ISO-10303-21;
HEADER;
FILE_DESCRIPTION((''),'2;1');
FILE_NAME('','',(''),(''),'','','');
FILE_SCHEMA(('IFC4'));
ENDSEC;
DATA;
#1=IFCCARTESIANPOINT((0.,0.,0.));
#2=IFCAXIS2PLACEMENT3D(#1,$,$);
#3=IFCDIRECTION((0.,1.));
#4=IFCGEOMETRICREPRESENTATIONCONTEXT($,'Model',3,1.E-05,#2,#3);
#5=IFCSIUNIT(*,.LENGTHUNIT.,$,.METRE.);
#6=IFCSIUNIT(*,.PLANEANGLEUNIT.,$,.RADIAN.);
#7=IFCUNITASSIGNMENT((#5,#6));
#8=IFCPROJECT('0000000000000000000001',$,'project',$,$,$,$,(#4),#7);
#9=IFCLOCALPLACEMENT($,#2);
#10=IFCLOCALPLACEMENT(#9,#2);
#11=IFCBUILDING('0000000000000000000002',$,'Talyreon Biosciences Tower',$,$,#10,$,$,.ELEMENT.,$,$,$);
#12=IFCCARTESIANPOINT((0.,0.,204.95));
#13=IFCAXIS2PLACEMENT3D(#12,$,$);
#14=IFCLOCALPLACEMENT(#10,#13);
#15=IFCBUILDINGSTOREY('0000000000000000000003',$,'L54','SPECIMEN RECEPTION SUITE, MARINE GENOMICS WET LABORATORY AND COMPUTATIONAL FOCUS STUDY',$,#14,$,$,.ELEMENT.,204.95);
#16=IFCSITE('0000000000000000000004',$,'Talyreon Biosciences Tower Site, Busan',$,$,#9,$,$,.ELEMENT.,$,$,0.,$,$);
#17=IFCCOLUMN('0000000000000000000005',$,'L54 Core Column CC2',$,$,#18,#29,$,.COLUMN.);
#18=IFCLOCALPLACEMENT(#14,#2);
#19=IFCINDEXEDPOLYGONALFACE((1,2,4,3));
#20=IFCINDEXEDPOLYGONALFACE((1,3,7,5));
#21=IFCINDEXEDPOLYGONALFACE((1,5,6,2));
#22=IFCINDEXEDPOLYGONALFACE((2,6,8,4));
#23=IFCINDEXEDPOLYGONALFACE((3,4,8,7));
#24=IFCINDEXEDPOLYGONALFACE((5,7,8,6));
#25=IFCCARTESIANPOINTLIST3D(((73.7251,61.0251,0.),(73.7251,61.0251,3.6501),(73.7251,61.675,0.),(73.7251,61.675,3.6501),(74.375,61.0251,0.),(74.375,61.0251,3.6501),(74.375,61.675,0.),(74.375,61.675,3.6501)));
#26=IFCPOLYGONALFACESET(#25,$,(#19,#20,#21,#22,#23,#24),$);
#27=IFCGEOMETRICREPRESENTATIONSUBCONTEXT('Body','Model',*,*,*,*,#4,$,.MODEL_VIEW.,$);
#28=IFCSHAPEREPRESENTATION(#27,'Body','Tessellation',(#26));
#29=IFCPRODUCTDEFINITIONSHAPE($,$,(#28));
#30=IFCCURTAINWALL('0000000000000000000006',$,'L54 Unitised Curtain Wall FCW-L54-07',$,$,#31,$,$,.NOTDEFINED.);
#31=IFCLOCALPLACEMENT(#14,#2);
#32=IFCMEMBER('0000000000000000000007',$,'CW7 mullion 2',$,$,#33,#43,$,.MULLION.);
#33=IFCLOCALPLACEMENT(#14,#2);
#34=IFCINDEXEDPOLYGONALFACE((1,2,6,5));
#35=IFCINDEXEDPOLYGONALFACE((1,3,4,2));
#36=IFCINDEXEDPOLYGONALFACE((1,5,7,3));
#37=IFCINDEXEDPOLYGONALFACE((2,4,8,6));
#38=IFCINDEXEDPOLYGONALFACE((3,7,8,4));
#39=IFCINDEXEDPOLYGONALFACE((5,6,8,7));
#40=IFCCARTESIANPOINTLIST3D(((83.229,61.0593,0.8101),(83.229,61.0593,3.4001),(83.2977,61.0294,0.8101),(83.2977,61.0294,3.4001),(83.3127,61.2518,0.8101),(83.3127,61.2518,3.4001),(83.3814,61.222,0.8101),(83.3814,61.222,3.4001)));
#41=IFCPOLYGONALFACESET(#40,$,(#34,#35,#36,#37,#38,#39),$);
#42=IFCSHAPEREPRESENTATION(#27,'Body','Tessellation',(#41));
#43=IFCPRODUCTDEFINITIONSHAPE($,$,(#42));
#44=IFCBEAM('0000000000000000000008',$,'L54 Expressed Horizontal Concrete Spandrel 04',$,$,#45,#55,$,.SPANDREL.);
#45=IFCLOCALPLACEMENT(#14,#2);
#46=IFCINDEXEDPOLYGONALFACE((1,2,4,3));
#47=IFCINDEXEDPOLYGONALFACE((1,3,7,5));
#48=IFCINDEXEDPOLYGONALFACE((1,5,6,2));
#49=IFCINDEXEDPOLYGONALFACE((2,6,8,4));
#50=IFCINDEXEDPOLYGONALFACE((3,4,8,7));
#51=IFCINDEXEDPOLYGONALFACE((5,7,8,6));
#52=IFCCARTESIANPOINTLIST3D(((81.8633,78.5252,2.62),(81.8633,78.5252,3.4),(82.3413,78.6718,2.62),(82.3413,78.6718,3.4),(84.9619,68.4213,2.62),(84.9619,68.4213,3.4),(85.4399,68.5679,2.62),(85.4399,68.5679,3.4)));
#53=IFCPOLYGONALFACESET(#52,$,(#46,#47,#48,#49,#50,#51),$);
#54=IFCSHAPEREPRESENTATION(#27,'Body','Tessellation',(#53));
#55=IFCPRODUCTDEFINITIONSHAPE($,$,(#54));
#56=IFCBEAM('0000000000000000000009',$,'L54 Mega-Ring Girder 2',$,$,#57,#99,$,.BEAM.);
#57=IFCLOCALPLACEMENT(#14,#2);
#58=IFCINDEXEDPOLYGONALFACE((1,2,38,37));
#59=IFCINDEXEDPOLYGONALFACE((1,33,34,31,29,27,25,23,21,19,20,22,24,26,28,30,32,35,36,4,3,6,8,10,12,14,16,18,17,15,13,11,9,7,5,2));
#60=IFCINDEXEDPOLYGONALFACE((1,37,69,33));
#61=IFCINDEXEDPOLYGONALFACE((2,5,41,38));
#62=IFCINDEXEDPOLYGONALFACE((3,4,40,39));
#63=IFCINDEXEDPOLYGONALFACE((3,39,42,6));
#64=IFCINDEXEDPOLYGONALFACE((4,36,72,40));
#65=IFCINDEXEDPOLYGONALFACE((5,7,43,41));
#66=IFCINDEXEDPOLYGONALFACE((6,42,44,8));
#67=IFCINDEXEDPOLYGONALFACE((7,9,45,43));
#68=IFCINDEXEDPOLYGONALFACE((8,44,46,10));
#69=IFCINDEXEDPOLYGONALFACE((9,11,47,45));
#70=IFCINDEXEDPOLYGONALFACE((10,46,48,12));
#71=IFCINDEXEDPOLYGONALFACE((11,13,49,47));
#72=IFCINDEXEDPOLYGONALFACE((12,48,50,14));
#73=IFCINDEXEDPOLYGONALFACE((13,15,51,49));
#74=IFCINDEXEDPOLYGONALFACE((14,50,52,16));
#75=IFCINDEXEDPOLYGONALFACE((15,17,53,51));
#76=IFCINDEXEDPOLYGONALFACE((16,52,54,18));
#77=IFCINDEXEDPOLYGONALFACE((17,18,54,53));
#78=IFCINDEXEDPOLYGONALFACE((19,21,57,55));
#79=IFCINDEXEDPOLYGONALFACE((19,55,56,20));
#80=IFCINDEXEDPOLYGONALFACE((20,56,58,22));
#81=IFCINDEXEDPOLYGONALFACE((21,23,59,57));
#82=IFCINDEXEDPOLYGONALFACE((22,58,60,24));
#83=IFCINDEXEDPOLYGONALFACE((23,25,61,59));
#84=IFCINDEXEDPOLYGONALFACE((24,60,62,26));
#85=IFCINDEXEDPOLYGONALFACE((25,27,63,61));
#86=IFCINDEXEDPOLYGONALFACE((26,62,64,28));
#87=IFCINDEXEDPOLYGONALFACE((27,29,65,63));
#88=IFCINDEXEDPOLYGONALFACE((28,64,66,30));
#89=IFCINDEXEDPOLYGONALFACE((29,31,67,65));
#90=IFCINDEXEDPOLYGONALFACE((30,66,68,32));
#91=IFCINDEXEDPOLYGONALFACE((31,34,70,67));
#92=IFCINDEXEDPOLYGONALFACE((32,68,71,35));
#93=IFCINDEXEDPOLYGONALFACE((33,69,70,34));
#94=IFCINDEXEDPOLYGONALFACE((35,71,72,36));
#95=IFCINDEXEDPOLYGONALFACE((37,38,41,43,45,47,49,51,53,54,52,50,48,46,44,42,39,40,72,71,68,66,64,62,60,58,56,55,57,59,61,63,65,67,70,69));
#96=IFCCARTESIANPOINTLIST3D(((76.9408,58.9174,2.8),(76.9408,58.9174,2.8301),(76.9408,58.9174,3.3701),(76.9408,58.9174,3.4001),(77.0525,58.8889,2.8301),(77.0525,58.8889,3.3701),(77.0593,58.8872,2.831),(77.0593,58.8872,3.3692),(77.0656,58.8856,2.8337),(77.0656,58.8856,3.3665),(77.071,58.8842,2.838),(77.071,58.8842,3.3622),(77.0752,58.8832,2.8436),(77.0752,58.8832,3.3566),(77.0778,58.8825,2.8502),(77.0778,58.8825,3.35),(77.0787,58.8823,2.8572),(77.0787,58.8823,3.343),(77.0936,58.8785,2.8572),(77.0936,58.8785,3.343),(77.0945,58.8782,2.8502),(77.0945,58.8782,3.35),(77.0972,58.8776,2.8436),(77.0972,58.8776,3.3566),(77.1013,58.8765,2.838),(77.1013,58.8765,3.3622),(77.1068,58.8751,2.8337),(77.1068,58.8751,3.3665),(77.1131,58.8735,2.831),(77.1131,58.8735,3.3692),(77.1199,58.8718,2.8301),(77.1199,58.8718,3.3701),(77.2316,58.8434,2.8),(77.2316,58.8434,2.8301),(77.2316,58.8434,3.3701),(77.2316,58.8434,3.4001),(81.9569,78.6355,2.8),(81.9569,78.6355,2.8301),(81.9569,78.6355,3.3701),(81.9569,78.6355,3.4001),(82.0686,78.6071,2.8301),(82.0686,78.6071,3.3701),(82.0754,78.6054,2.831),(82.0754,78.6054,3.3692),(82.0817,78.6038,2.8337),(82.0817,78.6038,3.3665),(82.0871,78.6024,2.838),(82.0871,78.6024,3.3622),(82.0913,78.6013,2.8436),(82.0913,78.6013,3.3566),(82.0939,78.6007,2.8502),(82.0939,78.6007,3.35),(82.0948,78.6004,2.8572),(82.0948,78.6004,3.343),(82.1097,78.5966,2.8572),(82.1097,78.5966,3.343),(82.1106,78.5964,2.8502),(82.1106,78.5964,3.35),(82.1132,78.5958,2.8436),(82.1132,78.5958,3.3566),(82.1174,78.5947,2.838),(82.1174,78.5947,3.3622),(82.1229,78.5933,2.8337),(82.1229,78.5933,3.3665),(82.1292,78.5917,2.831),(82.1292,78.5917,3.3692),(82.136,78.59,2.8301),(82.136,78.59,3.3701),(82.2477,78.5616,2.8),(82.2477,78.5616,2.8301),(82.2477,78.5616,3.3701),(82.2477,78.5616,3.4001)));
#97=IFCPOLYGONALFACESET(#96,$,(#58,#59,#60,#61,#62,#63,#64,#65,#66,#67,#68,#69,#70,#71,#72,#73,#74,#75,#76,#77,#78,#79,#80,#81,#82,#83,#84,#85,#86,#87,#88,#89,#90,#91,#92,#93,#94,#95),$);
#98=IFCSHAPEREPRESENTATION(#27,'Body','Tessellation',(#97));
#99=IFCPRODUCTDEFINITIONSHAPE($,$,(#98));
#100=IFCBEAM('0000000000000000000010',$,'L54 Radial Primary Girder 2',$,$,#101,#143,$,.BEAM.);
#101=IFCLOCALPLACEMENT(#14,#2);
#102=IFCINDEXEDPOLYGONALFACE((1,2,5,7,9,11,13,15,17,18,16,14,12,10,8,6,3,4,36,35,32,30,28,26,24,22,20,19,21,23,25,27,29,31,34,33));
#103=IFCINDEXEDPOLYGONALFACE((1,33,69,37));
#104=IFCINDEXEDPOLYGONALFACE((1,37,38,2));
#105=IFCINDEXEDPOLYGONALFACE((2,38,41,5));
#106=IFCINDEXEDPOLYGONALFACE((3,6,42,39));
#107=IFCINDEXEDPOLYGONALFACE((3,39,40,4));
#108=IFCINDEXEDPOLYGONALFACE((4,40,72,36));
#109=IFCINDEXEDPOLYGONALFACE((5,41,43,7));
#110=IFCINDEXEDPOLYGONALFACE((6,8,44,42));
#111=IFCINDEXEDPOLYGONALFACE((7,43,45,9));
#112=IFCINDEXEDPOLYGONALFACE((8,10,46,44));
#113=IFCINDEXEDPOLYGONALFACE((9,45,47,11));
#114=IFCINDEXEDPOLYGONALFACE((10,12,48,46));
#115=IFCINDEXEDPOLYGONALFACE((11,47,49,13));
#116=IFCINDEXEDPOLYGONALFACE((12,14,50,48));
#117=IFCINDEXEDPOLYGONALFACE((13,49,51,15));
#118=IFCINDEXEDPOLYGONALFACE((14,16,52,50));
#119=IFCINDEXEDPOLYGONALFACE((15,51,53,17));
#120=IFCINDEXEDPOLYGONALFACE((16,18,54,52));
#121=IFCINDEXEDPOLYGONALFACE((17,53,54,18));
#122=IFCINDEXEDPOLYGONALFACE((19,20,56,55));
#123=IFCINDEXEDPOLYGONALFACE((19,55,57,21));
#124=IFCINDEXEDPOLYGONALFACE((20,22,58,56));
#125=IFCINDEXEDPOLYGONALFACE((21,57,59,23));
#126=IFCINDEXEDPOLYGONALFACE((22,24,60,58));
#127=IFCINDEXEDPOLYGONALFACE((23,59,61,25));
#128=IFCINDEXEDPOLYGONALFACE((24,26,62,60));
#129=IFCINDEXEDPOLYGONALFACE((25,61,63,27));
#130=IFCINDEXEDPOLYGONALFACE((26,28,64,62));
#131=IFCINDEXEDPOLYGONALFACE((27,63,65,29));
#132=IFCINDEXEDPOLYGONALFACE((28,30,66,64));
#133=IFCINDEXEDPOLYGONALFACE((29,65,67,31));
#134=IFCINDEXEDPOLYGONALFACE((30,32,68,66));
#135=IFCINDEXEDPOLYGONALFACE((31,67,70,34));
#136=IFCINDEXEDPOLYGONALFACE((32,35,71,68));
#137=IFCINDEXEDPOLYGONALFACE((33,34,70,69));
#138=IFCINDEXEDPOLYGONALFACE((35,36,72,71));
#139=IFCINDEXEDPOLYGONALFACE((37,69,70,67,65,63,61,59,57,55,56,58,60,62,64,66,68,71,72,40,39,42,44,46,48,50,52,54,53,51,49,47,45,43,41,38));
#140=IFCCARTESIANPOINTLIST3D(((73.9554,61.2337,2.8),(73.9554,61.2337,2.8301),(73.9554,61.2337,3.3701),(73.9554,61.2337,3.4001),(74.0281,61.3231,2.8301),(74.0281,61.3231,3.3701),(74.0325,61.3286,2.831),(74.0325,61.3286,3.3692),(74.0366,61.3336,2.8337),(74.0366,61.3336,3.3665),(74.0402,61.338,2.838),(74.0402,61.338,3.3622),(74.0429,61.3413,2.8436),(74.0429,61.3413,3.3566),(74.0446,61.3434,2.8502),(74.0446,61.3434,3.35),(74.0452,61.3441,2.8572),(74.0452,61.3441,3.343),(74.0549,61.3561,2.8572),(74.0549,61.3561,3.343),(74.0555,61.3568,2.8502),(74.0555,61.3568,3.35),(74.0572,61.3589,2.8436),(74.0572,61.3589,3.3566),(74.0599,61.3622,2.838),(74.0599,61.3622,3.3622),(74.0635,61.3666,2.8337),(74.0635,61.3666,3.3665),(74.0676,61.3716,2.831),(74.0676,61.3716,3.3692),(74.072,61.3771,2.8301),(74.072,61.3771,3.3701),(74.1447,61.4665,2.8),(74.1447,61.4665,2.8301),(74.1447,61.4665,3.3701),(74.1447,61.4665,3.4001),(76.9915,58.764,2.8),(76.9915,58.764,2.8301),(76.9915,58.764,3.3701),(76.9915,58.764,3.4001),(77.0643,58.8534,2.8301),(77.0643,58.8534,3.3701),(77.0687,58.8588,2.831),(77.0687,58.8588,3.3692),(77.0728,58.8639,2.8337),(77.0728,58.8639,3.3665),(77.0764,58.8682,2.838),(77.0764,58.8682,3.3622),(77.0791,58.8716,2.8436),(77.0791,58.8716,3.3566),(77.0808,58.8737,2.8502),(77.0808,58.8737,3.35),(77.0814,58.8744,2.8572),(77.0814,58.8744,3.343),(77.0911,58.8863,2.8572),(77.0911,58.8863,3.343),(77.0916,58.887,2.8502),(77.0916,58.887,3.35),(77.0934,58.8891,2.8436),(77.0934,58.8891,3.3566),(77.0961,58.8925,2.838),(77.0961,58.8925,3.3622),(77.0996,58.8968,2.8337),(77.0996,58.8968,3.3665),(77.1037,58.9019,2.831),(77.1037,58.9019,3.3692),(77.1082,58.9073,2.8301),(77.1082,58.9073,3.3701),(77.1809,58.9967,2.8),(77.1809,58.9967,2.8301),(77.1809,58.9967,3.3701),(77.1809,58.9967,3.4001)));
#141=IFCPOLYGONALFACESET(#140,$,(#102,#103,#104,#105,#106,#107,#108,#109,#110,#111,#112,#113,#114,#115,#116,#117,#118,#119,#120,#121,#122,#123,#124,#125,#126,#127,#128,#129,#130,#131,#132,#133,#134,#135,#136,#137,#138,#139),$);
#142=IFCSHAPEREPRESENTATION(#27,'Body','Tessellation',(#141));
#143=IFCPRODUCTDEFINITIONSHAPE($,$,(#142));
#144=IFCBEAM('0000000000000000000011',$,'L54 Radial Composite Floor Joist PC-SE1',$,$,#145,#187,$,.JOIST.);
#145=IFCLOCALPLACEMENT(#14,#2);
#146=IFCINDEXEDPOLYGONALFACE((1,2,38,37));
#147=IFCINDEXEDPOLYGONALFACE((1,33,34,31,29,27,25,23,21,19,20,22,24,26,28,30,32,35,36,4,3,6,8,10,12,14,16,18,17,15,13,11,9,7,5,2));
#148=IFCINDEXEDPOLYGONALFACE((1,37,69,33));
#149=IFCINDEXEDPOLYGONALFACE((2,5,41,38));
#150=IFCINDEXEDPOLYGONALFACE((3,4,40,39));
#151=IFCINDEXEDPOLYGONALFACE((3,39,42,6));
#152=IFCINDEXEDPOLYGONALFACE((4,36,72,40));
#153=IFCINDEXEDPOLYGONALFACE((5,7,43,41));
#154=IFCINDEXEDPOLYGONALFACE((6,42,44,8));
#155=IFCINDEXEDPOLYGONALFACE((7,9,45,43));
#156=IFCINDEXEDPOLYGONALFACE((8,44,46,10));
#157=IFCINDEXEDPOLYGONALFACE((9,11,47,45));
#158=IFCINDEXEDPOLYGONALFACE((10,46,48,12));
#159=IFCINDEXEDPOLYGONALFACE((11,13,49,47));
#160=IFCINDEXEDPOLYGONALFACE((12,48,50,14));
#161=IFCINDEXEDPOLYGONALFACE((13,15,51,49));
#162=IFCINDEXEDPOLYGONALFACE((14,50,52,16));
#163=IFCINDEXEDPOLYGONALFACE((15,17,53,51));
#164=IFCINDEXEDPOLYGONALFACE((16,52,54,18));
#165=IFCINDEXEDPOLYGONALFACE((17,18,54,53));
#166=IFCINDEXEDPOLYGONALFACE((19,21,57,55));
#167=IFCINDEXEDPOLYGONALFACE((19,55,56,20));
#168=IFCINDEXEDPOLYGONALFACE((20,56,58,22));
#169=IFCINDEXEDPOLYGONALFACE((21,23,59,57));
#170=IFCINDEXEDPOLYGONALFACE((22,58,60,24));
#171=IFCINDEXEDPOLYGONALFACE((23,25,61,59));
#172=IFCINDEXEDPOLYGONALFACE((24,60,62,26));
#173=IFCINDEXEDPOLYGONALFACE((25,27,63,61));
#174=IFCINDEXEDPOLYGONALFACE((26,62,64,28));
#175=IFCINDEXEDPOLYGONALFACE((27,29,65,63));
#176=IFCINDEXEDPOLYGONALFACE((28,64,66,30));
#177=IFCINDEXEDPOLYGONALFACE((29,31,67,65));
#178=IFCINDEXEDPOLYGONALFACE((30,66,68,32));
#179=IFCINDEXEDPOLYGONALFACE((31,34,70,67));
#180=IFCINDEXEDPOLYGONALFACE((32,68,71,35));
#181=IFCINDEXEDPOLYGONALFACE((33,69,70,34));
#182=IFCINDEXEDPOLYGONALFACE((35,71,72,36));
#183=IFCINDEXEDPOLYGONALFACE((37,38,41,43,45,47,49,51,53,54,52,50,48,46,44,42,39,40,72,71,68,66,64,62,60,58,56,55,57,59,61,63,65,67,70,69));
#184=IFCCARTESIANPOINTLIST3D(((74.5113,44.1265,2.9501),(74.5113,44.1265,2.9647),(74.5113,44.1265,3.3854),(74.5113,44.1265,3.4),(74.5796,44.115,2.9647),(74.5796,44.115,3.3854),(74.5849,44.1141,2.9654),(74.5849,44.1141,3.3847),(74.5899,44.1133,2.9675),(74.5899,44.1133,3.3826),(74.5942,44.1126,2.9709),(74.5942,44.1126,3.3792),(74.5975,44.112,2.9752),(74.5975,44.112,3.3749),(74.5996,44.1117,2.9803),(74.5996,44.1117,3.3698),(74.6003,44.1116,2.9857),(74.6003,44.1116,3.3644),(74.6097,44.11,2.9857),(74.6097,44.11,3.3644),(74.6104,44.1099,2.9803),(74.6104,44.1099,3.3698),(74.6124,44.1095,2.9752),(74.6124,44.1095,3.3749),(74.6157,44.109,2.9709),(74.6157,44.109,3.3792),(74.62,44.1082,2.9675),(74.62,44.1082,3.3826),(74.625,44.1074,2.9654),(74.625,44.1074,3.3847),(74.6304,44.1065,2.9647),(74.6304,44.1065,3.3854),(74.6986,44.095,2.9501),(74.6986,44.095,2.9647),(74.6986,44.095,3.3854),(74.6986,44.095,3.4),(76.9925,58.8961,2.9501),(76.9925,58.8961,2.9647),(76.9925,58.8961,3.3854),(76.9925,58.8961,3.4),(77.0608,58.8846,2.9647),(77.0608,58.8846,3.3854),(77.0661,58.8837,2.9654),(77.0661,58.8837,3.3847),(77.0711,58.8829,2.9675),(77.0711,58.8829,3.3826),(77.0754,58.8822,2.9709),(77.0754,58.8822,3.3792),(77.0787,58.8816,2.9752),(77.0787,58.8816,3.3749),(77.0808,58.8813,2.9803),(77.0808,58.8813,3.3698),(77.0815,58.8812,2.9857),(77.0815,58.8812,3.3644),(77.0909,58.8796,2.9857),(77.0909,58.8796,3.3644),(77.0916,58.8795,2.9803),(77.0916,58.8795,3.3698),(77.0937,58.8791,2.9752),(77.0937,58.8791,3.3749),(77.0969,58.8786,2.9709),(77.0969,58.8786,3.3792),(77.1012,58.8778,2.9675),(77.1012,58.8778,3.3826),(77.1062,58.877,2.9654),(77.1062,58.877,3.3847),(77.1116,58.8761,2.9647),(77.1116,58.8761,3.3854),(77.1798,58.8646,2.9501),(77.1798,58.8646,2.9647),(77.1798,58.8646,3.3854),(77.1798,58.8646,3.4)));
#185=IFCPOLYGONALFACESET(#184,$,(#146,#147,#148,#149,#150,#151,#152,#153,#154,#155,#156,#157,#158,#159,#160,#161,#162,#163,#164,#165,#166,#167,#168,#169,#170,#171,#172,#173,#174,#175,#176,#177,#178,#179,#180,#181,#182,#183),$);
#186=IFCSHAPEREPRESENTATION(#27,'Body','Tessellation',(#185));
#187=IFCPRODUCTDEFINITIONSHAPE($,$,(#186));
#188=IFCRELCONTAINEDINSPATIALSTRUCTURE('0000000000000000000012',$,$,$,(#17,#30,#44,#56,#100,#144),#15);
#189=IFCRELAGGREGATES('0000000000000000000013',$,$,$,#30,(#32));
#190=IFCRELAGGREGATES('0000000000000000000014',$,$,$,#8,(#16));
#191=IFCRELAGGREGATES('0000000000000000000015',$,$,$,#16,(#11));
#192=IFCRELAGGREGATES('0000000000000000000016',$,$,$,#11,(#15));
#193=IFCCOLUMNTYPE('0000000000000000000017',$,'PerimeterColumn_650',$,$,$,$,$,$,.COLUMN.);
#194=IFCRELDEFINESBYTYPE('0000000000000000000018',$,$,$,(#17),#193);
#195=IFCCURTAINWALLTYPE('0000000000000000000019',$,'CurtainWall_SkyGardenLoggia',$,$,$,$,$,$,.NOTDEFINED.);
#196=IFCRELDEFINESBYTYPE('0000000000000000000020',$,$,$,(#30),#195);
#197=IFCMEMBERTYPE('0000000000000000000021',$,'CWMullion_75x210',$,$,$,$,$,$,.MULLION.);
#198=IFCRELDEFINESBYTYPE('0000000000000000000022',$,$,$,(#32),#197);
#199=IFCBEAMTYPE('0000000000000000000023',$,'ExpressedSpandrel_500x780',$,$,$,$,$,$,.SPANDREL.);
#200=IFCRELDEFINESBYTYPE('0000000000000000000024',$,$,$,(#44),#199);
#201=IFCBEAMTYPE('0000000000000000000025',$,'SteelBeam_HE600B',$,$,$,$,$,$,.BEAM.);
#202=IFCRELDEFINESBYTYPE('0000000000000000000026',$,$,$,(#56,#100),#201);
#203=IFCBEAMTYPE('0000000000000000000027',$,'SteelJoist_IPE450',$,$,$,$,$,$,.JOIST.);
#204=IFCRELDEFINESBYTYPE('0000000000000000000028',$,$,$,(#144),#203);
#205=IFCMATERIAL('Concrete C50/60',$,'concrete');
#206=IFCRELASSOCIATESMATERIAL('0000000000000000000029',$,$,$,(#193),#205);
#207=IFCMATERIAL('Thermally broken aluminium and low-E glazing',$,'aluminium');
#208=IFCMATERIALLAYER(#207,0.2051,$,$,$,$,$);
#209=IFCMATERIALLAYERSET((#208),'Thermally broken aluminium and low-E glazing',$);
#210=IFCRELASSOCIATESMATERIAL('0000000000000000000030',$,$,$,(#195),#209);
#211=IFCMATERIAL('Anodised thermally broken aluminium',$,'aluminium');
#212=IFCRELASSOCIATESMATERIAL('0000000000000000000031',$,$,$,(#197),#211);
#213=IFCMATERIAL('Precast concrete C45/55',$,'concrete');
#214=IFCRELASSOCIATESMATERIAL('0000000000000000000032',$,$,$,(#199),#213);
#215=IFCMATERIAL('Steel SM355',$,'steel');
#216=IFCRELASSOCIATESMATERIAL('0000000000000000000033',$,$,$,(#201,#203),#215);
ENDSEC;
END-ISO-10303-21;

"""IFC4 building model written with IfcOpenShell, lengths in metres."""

from ifc_helpers import new_model, si_unit, direction, frame, origin, origin_2d, place, context, subcontext, project, spatial, rectangle, i_section, extrude, material, layer, layer_set, material_profile, profile_set, type_object, element, aggregate, save


model = new_model("IFC4")

# Units and contexts
model_context = context("Model", 3, precision=1e-05, world=origin(), true_north=direction((0.0, 1.0)))
body_context = subcontext(model_context, "Body", "Model", "MODEL_VIEW")
ifc_project = project(units=[si_unit("LENGTHUNIT", "METRE"), si_unit("PLANEANGLEUNIT", "RADIAN")], contexts=[model_context])

# Site, building, storey
site_placement = place(None, origin())
site = spatial("IfcSite", under=ifc_project, at=site_placement, Name="Talyreon Biosciences Tower Site, Busan", CompositionType="ELEMENT", RefElevation=0.0)
building_placement = place(site_placement, origin())
building = spatial("IfcBuilding", under=site, at=building_placement, Name="Talyreon Biosciences Tower", CompositionType="ELEMENT")
storey_placement = place(building_placement, frame((0.0, 0.0, 204.95)))
storey = spatial("IfcBuildingStorey", under=building, at=storey_placement, Name="L54", Description="SPECIMEN RECEPTION SUITE, MARINE GENOMICS WET LABORATORY AND COMPUTATIONAL FOCUS STUDY", CompositionType="ELEMENT", Elevation=204.95)

# Column
ifc_material_1 = material(Name="Concrete C50/60", Category="concrete")
ifc_material_profile_1 = material_profile(ifc_material_1, rectangle(XDim=0.6499, YDim=0.6499, at=origin_2d()), Name="RC 650x650")
ifc_profile_set_1 = profile_set([ifc_material_profile_1], Name="Concrete C50/60")
column_type = type_object("IfcColumnType", Name="PerimeterColumn_650", PredefinedType="COLUMN", material=ifc_profile_set_1)
column_placement = place(storey_placement, frame((74.05, 61.3501, 0.0), z_axis=(0.0, 0.0, 1.0), x_axis=(1.0, 0.0, 0.0)))
element("IfcColumn", 1, at=column_placement, inside=storey, type_object=column_type, Name="L54 Core Column CC2", PredefinedType="COLUMN", context=body_context, shape_type="SweptSolid", body=[
    extrude(rectangle(XDim=0.6499, YDim=0.6499, at=origin_2d()), origin(), (0.0, 0.0, 1.0), 3.6501),
])

# Curtain wall, member
ifc_material_2 = material(Name="Thermally broken aluminium and low-E glazing", Category="aluminium")
ifc_layer_1 = layer(ifc_material_2, 0.2051)
ifc_layer_set_1 = layer_set([ifc_layer_1], Name="Thermally broken aluminium and low-E glazing")
curtain_wall_type = type_object("IfcCurtainWallType", Name="CurtainWall_SkyGardenLoggia", PredefinedType="NOTDEFINED", material=ifc_layer_set_1)
curtain_wall_placement = place(storey_placement, origin())
curtain_wall = element("IfcCurtainWall", 2, at=curtain_wall_placement, inside=storey, type_object=curtain_wall_type, Name="L54 Unitised Curtain Wall FCW-L54-07", PredefinedType="NOTDEFINED")
ifc_material_3 = material(Name="Anodised thermally broken aluminium", Category="aluminium")
ifc_material_profile_2 = material_profile(ifc_material_3, rectangle(XDim=0.075, YDim=0.21, at=origin_2d()), Name="ALUM MULLION 75x210")
ifc_profile_set_2 = profile_set([ifc_material_profile_2], Name="Anodised thermally broken aluminium")
member_type = type_object("IfcMemberType", Name="CWMullion_75x210", PredefinedType="MULLION", material=ifc_profile_set_2)
member_placement = place(storey_placement, frame((83.3052, 61.1406, 0.8101), z_axis=(0.0, 0.0, 1.0), x_axis=(0.917113, -0.398628, 0.0)))
member = element("IfcMember", 3, at=member_placement, type_object=member_type, Name="CW7 mullion 2", PredefinedType="MULLION", context=body_context, shape_type="SweptSolid", body=[
    extrude(rectangle(XDim=0.075, YDim=0.21, at=origin_2d()), origin(), (0.0, 0.0, 1.0), 2.5901),
])
aggregate(curtain_wall, [member])

# Beams
ifc_material_4 = material(Name="Precast concrete C45/55", Category="concrete")
ifc_material_profile_3 = material_profile(ifc_material_4, rectangle(XDim=0.5, YDim=0.78, at=origin_2d()), Name="RCB 500x780")
ifc_profile_set_3 = profile_set([ifc_material_profile_3], Name="Precast concrete C45/55")
beam_type_1 = type_object("IfcBeamType", Name="ExpressedSpandrel_500x780", PredefinedType="SPANDREL", material=ifc_profile_set_3)
beam_1_placement = place(storey_placement, frame((85.2009, 68.4946, 3.01), z_axis=(-0.293196, 0.956052, 0.0), x_axis=(-0.956052, -0.293196, 0.0)))
element("IfcBeam", 4, at=beam_1_placement, inside=storey, type_object=beam_type_1, Name="L54 Expressed Horizontal Concrete Spandrel 04", PredefinedType="SPANDREL", context=body_context, shape_type="SweptSolid", body=[
    extrude(rectangle(XDim=0.5, YDim=0.78, at=origin_2d()), origin(), (0.0, 0.0, 1.0), 10.5684),
])
ifc_material_5 = material(Name="Steel SM355", Category="steel")
ifc_material_profile_4 = material_profile(ifc_material_5, i_section(OverallWidth=0.3, OverallDepth=0.6001, WebThickness=0.0154, FlangeThickness=0.03, FilletRadius=0.0271, at=origin_2d()), Name="HE600B")
ifc_profile_set_4 = profile_set([ifc_material_profile_4], Name="Steel SM355")
beam_type_2 = type_object("IfcBeamType", Name="SteelBeam_HE600B", PredefinedType="BEAM", material=ifc_profile_set_4)
beam_2_placement = place(storey_placement, frame((77.0862, 58.8804, 3.1001), z_axis=(0.246537, 0.969133, 0.0), x_axis=(-0.969133, 0.246537, 0.0)))
element("IfcBeam", 5, at=beam_2_placement, inside=storey, type_object=beam_type_2, Name="L54 Mega-Ring Girder 2", PredefinedType="BEAM", context=body_context, shape_type="SweptSolid", body=[
    extrude(i_section(OverallWidth=0.3, OverallDepth=0.6001, WebThickness=0.0154, FlangeThickness=0.03, FilletRadius=0.0271, at=origin_2d()), origin(), (0.0, 0.0, 1.0), 20.3462),
])
beam_3_placement = place(storey_placement, frame((74.05, 61.3501, 3.1001), z_axis=(0.775755, -0.631034, 0.0), x_axis=(0.631034, 0.775755, 0.0)))
element("IfcBeam", 6, at=beam_3_placement, inside=storey, type_object=beam_type_2, Name="L54 Radial Primary Girder 2", PredefinedType="BEAM", context=body_context, shape_type="SweptSolid", body=[
    extrude(i_section(OverallWidth=0.3, OverallDepth=0.6001, WebThickness=0.0154, FlangeThickness=0.03, FilletRadius=0.0271, at=origin_2d()), origin(), (0.0, 0.0, 1.0), 3.9138),
])
ifc_material_profile_5 = material_profile(ifc_material_5, i_section(OverallWidth=0.1899, OverallDepth=0.45, WebThickness=0.0095, FlangeThickness=0.0146, FilletRadius=0.021, at=origin_2d()), Name="IPE450")
ifc_profile_set_5 = profile_set([ifc_material_profile_5], Name="Steel SM355")
beam_type_3 = type_object("IfcBeamType", Name="SteelJoist_IPE450", PredefinedType="JOIST", material=ifc_profile_set_5)
beam_4_placement = place(storey_placement, frame((77.0862, 58.8804, 3.175), z_axis=(-0.165673, -0.986181, 0.0), x_axis=(0.986181, -0.165673, 0.0)))
element("IfcBeam", 7, at=beam_4_placement, inside=storey, type_object=beam_type_3, Name="L54 Radial Composite Floor Joist PC-SE1", PredefinedType="JOIST", context=body_context, shape_type="SweptSolid", body=[
    extrude(i_section(OverallWidth=0.1899, OverallDepth=0.45, WebThickness=0.0095, FlangeThickness=0.0146, FilletRadius=0.021, at=origin_2d()), origin(), (0.0, 0.0, 1.0), 14.9766),
])

save(model, "model.ifc")
